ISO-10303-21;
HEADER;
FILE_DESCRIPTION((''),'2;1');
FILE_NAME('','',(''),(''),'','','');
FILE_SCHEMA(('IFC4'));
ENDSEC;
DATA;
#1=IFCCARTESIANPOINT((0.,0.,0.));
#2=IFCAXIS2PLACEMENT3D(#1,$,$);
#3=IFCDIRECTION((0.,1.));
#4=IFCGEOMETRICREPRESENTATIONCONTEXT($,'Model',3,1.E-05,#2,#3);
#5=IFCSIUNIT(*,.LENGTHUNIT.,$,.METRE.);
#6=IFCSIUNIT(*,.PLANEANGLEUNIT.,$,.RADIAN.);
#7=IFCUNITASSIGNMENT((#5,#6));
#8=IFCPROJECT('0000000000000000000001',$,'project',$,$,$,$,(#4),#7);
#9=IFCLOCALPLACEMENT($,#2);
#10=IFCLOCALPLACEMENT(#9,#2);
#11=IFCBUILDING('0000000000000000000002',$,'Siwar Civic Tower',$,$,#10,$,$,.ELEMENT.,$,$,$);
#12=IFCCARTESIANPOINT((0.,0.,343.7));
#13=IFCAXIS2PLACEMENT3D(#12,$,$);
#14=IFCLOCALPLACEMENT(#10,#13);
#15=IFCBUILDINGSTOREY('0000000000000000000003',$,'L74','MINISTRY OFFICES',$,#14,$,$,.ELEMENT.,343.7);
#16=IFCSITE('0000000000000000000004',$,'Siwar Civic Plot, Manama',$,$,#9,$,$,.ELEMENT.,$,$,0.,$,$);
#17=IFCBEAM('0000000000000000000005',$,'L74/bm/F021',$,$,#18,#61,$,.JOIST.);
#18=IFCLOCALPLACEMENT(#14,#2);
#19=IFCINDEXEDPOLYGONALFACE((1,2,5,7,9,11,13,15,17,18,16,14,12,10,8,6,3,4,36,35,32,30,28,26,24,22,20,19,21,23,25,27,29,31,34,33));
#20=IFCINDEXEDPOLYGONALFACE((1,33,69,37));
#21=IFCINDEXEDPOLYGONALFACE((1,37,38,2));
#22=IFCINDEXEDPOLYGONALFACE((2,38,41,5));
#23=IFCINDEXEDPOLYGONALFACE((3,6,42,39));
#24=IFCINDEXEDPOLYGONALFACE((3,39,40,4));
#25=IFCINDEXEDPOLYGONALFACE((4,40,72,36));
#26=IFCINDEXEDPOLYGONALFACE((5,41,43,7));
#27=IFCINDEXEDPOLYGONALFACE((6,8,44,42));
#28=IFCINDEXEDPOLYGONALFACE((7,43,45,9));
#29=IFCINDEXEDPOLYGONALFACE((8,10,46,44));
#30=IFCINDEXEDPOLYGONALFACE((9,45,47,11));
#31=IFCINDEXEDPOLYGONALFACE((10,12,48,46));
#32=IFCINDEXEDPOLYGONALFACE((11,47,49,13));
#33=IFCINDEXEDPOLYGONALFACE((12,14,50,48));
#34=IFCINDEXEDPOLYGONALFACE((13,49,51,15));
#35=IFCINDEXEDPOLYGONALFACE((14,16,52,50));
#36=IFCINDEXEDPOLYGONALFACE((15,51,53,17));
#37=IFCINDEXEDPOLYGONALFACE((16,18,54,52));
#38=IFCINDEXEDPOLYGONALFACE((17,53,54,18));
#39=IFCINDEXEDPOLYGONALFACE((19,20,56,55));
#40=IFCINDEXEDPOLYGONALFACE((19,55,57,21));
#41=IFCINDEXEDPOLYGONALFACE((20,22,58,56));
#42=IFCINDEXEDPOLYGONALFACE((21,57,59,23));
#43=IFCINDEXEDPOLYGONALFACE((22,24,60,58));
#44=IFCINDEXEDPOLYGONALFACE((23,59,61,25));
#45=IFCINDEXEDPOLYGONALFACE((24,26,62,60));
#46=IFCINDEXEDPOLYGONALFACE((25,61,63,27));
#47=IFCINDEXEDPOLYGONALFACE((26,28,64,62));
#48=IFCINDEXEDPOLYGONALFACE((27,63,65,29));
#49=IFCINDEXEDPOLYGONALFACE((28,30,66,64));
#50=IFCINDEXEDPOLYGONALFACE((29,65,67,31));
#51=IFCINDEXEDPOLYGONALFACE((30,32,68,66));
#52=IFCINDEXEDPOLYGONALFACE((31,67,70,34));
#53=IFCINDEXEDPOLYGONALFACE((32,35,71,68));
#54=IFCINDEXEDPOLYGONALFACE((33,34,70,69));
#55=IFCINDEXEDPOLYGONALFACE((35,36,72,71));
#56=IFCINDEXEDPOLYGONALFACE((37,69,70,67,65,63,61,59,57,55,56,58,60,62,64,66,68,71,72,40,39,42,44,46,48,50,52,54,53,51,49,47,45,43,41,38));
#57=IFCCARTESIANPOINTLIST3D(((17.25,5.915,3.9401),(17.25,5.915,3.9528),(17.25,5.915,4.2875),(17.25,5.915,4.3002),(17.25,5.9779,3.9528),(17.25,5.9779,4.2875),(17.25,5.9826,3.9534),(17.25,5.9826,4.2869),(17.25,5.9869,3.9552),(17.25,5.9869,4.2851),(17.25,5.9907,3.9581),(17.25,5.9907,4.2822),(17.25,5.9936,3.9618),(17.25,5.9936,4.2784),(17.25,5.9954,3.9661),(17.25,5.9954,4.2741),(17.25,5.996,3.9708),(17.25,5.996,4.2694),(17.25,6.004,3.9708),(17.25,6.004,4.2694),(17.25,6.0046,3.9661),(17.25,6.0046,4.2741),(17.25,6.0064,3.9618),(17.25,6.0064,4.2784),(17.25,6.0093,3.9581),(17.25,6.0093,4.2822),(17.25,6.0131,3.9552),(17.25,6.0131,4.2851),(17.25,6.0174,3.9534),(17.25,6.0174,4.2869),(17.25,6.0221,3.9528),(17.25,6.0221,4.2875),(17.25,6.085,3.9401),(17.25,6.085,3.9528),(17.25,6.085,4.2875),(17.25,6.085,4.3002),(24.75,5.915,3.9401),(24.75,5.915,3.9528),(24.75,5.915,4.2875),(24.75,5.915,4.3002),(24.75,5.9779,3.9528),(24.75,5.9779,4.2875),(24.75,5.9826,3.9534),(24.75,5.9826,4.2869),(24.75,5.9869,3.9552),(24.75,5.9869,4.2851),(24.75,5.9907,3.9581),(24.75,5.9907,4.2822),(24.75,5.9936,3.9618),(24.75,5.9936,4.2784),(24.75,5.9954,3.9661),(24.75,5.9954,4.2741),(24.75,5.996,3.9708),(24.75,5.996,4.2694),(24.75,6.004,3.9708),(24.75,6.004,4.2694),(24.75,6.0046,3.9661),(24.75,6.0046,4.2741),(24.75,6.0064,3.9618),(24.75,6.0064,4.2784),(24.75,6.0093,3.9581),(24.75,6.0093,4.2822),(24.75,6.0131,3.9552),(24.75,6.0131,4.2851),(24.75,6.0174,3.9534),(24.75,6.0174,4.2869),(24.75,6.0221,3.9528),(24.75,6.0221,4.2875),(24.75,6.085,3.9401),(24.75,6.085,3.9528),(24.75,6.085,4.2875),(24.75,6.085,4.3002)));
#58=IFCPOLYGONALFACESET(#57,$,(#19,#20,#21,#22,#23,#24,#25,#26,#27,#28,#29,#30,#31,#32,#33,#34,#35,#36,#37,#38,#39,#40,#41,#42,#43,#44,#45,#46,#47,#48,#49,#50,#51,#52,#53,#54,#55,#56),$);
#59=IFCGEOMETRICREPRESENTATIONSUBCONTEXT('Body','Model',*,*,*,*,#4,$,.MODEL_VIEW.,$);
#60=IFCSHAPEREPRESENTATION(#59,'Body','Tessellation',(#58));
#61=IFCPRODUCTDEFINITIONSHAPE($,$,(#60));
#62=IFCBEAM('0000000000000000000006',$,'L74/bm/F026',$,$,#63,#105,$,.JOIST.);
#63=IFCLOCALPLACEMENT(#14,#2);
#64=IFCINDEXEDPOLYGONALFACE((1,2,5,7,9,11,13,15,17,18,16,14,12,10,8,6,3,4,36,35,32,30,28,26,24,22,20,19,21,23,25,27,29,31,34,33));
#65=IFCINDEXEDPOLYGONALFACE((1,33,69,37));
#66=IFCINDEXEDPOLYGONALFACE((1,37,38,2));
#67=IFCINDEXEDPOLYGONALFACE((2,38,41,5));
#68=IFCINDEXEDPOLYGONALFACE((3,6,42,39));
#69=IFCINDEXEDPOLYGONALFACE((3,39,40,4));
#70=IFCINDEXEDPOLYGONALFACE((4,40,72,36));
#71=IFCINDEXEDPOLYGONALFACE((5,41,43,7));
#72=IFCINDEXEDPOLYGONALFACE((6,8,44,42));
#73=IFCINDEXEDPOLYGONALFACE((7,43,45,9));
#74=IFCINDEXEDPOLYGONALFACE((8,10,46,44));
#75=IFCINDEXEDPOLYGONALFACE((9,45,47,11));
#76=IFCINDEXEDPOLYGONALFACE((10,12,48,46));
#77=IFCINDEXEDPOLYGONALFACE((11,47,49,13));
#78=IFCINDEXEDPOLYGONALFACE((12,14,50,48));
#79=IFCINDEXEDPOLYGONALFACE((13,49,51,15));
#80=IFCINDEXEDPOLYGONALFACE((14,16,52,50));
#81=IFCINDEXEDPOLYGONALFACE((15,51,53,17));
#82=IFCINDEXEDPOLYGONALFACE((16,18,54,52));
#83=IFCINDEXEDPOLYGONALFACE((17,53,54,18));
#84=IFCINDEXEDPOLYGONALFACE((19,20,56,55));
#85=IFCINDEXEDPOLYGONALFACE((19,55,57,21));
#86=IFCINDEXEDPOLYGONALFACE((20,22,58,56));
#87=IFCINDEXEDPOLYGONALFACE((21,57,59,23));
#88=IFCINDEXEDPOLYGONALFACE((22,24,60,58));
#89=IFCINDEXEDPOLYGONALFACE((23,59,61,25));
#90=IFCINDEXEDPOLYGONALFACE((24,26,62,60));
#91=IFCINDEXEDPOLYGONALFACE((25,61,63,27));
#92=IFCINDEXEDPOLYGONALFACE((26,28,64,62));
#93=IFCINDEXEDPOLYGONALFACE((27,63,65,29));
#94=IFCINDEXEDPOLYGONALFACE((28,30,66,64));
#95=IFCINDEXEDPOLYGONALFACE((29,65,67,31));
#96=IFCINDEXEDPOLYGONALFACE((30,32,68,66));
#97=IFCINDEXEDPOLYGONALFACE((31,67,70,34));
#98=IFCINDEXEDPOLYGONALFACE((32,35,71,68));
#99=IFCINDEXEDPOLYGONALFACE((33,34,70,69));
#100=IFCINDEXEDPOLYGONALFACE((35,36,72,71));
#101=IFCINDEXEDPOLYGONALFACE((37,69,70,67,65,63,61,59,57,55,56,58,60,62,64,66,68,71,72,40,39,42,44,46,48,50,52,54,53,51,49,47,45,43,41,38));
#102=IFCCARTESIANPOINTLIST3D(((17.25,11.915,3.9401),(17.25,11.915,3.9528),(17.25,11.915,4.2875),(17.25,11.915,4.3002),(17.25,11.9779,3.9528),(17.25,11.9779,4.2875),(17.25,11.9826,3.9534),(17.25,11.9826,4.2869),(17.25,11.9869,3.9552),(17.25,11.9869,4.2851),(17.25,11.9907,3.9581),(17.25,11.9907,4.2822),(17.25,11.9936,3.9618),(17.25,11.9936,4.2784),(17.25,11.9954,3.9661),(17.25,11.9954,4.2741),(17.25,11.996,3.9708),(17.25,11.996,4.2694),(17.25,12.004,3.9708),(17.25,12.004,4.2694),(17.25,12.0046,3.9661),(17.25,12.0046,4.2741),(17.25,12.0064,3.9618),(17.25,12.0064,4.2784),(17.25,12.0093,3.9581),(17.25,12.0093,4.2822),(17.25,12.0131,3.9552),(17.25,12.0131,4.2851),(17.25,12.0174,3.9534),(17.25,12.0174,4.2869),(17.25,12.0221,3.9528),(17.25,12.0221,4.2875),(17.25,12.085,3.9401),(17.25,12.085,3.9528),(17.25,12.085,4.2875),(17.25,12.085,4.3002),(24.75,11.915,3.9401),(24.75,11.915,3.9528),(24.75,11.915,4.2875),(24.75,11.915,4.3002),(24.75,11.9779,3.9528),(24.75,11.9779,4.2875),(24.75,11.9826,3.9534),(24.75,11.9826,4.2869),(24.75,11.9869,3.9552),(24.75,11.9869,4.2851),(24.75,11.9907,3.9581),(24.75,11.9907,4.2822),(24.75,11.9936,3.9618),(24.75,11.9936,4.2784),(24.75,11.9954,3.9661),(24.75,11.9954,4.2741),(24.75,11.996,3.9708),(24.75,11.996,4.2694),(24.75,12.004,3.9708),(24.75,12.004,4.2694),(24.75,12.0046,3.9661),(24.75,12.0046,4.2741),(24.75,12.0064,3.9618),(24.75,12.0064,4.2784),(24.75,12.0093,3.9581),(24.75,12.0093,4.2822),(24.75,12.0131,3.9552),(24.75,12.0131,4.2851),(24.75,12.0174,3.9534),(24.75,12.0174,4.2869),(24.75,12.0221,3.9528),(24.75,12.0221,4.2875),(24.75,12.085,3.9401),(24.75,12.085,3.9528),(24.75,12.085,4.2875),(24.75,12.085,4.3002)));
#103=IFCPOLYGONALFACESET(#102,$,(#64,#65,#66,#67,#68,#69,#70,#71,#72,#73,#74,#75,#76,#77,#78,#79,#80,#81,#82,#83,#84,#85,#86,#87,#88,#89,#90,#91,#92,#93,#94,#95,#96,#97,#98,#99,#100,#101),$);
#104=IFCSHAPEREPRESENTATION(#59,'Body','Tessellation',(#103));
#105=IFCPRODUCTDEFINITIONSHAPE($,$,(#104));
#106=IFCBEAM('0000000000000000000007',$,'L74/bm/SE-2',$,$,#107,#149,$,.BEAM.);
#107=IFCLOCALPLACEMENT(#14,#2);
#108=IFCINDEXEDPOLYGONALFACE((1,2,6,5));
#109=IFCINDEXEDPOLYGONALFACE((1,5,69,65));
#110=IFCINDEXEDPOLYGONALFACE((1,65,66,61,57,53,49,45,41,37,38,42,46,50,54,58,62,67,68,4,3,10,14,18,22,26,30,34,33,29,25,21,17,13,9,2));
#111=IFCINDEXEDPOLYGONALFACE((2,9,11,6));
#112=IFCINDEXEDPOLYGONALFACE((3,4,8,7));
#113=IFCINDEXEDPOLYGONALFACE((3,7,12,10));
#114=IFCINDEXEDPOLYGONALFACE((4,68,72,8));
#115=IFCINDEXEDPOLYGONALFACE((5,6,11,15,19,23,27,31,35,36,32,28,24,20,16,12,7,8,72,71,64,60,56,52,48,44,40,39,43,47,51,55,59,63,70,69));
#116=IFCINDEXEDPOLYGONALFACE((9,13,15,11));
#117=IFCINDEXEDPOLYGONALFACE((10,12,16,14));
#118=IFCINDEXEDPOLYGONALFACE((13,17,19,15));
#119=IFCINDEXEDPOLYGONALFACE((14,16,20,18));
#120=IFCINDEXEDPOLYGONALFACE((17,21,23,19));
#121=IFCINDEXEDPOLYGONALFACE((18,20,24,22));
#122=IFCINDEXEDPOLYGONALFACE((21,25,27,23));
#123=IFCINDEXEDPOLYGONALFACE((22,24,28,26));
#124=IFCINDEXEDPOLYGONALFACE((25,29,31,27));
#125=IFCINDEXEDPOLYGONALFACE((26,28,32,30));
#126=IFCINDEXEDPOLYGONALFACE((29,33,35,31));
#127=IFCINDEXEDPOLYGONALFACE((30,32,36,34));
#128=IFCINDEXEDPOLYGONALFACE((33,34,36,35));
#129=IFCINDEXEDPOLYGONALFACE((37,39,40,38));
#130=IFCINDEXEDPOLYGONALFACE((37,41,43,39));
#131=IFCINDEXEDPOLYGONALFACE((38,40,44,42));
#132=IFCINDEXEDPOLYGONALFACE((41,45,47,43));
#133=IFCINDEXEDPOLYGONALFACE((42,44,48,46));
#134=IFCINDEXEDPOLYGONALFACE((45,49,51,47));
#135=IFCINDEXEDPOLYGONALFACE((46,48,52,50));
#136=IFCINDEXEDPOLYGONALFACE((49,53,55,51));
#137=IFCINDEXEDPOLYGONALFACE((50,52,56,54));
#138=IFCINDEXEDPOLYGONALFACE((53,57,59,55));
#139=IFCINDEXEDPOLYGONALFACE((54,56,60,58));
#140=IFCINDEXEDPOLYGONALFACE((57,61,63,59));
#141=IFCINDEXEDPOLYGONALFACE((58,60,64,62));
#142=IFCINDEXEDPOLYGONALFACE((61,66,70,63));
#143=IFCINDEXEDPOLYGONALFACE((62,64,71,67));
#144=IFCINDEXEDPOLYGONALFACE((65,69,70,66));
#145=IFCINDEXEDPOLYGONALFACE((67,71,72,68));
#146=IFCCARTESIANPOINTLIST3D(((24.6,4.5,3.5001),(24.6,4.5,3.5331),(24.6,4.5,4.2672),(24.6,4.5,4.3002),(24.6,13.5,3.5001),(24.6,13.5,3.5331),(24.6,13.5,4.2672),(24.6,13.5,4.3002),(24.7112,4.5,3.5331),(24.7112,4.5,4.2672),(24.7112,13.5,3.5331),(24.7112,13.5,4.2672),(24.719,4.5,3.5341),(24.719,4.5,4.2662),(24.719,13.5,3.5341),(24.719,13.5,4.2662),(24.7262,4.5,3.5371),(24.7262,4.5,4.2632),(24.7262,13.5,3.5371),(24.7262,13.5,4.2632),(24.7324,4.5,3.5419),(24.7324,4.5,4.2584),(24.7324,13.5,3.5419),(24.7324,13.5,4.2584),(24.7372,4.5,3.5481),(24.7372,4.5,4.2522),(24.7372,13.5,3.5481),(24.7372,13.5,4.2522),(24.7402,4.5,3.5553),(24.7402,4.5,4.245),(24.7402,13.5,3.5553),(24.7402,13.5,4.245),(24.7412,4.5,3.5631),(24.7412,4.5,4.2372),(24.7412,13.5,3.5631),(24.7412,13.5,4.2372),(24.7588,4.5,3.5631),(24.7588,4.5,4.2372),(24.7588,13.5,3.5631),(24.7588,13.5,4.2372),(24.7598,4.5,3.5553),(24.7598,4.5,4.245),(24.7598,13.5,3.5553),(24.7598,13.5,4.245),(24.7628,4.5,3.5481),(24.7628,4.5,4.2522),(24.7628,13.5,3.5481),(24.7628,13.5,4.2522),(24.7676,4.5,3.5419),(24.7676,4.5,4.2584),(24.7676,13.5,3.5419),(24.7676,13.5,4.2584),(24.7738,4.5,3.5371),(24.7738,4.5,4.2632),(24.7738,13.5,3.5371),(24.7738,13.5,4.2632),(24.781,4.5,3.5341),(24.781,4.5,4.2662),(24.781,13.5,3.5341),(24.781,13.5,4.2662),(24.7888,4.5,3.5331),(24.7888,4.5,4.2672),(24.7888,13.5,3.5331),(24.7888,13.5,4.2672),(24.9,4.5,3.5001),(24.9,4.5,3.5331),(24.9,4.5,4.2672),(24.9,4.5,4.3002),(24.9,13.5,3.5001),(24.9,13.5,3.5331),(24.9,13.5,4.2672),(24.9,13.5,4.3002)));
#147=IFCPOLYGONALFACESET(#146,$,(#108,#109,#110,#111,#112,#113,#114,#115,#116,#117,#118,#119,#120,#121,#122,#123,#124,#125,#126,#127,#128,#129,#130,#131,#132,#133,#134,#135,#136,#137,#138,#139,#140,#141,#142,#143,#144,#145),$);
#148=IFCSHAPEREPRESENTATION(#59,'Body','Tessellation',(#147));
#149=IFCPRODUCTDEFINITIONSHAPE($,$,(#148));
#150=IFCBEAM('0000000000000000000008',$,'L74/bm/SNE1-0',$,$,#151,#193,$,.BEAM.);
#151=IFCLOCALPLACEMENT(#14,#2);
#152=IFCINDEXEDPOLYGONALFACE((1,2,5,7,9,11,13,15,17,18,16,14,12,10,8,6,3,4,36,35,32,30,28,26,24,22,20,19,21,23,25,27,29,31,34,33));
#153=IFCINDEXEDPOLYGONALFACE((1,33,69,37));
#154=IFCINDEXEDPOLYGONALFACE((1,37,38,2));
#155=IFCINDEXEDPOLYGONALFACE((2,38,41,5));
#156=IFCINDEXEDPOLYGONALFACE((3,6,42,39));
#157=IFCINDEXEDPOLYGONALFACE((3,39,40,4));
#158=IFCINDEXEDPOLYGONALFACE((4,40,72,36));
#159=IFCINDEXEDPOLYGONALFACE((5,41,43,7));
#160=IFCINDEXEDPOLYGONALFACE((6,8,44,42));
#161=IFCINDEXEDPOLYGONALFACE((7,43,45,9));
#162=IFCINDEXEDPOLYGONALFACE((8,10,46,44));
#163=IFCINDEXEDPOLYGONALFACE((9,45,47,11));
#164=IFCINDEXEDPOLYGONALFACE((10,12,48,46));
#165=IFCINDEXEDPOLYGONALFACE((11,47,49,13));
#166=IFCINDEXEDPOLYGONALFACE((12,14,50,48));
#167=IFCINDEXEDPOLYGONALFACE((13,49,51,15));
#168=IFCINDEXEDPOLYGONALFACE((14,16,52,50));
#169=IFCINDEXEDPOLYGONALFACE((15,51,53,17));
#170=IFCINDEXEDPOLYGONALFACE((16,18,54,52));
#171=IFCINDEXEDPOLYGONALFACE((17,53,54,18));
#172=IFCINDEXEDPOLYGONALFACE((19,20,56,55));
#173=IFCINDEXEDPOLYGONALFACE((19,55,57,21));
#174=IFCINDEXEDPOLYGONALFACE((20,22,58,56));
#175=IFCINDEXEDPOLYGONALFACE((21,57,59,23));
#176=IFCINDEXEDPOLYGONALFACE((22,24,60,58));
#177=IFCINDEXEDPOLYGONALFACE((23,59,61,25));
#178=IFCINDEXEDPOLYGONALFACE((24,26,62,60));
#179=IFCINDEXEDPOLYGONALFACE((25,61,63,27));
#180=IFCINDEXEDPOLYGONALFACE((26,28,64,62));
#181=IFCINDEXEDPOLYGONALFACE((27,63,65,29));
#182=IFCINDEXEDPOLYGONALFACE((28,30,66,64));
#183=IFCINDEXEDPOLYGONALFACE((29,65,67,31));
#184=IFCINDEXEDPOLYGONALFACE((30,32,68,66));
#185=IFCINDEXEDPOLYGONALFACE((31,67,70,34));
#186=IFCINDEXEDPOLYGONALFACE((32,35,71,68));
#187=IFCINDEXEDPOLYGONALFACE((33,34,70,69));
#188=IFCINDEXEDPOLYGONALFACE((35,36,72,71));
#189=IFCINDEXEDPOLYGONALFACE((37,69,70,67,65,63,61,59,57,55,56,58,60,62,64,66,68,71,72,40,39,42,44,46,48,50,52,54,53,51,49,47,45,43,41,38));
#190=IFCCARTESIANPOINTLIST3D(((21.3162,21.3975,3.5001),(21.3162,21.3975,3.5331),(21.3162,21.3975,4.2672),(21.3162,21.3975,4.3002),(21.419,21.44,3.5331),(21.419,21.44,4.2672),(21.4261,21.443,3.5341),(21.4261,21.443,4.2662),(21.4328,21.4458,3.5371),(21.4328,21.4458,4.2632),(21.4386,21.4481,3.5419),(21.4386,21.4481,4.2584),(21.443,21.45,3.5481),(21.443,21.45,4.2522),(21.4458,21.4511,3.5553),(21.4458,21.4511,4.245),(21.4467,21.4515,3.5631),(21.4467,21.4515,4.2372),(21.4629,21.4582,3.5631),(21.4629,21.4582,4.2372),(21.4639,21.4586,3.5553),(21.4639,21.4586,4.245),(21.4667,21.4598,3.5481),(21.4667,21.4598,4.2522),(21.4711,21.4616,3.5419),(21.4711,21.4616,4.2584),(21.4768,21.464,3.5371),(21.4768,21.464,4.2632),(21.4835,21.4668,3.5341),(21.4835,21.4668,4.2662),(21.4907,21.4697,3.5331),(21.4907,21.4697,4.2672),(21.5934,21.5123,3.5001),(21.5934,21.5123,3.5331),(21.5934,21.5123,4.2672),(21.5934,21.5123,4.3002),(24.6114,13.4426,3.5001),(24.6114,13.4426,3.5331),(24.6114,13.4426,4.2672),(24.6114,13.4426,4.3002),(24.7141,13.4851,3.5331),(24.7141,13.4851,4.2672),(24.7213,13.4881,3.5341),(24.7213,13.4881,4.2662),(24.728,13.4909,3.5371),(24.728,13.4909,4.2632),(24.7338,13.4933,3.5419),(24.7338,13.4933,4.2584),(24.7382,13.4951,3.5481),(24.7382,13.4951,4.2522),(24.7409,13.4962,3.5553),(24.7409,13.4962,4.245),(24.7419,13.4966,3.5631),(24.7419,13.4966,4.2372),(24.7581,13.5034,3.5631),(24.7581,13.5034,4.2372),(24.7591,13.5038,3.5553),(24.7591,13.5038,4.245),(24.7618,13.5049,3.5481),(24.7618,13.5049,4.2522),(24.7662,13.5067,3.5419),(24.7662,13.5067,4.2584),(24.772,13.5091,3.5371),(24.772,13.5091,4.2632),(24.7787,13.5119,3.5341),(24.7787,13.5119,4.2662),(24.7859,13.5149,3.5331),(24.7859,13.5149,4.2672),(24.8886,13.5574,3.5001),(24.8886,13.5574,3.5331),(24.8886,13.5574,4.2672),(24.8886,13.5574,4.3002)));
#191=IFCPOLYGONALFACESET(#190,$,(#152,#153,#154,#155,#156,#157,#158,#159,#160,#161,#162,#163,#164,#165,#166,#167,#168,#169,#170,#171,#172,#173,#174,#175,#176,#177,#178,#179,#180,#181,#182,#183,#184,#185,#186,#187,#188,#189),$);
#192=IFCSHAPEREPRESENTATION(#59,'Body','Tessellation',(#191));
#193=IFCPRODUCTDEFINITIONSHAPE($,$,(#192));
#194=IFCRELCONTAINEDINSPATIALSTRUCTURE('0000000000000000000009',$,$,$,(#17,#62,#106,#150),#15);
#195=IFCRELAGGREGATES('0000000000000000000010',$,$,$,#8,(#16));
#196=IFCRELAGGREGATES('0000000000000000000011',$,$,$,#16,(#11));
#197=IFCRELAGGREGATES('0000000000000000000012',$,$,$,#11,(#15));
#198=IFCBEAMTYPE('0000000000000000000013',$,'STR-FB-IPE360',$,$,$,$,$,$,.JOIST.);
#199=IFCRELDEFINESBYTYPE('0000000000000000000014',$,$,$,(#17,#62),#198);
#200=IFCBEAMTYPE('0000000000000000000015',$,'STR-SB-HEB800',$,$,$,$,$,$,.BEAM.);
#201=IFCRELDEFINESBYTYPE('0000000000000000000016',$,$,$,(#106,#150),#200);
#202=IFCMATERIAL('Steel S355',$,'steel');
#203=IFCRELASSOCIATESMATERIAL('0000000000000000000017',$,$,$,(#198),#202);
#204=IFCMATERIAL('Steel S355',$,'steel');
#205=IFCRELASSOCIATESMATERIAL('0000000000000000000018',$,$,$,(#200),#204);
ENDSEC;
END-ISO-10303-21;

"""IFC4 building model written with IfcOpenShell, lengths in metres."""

from ifc_helpers import new_model, si_unit, direction, frame, origin, origin_2d, place, context, subcontext, project, spatial, i_section, extrude, material, material_profile, profile_set, type_object, element, save


model = new_model("IFC4")

# Units and contexts
model_context = context("Model", 3, precision=1e-05, world=origin(), true_north=direction((0.0, 1.0)))
body_context = subcontext(model_context, "Body", "Model", "MODEL_VIEW")
ifc_project = project(units=[si_unit("LENGTHUNIT", "METRE"), si_unit("PLANEANGLEUNIT", "RADIAN")], contexts=[model_context])

# Site, building, storey
site_placement = place(None, origin())
site = spatial("IfcSite", under=ifc_project, at=site_placement, Name="Siwar Civic Plot, Manama", CompositionType="ELEMENT", RefElevation=0.0)
building_placement = place(site_placement, origin())
building = spatial("IfcBuilding", under=site, at=building_placement, Name="Siwar Civic Tower", CompositionType="ELEMENT")
storey_placement = place(building_placement, frame((0.0, 0.0, 343.7)))
storey = spatial("IfcBuildingStorey", under=building, at=storey_placement, Name="L74", Description="MINISTRY OFFICES", CompositionType="ELEMENT", Elevation=343.7)

# Beams
ifc_material_1 = material(Name="Steel S355", Category="steel")
ifc_material_profile_1 = material_profile(ifc_material_1, i_section(OverallWidth=0.1699, OverallDepth=0.3601, WebThickness=0.0081, FlangeThickness=0.0127, FilletRadius=0.0181, at=origin_2d()), Name="IPE360")
ifc_profile_set_1 = profile_set([ifc_material_profile_1], Name="Steel S355")
beam_type_1 = type_object("IfcBeamType", Name="STR-FB-IPE360", PredefinedType="JOIST", material=ifc_profile_set_1)
for number, where, z_axis, x_axis, name in (
    (1, (17.25, 6.0, 4.1201), (1.0, 0.0, 0.0), (0.0, 1.0, 0.0), "L74/bm/F021"),
    (2, (17.25, 12.0, 4.1201), (1.0, 0.0, 0.0), (0.0, 1.0, 0.0), "L74/bm/F026"),
):
    element("IfcBeam", number, at=place(storey_placement, frame(where, z_axis=z_axis, x_axis=x_axis)), inside=storey, type_object=beam_type_1, Name=name, PredefinedType="JOIST", context=body_context, shape_type="SweptSolid", body=[
        extrude(i_section(OverallWidth=0.1699, OverallDepth=0.3601, WebThickness=0.0081, FlangeThickness=0.0127, FilletRadius=0.0181, at=origin_2d()), origin(), (0.0, 0.0, 1.0), 7.5),
    ])
ifc_material_2 = material(Name="Steel S355", Category="steel")
ifc_material_profile_2 = material_profile(ifc_material_2, i_section(OverallWidth=0.3, OverallDepth=0.8, WebThickness=0.0176, FlangeThickness=0.033, FilletRadius=0.03, at=origin_2d()), Name="HEB800")
ifc_profile_set_2 = profile_set([ifc_material_profile_2], Name="Steel S355")
beam_type_2 = type_object("IfcBeamType", Name="STR-SB-HEB800", PredefinedType="BEAM", material=ifc_profile_set_2)
beam_1_placement = place(storey_placement, frame((24.75, 4.5, 3.9001), z_axis=(0.0, 1.0, 0.0), x_axis=(-1.0, 0.0, 0.0)))
element("IfcBeam", 3, at=beam_1_placement, inside=storey, type_object=beam_type_2, Name="L74/bm/SE-2", PredefinedType="BEAM", context=body_context, shape_type="SweptSolid", body=[
    extrude(i_section(OverallWidth=0.3, OverallDepth=0.8, WebThickness=0.0176, FlangeThickness=0.033, FilletRadius=0.03, at=origin_2d()), origin(), (0.0, 0.0, 1.0), 9.0),
])
beam_2_placement = place(storey_placement, frame((24.75, 13.5, 3.9001), z_axis=(-0.3827, 0.923873, 0.0), x_axis=(-0.923873, -0.3827, 0.0)))
element("IfcBeam", 4, at=beam_2_placement, inside=storey, type_object=beam_type_2, Name="L74/bm/SNE1-0", PredefinedType="BEAM", context=body_context, shape_type="SweptSolid", body=[
    extrude(i_section(OverallWidth=0.3, OverallDepth=0.8, WebThickness=0.0176, FlangeThickness=0.033, FilletRadius=0.03, at=origin_2d()), origin(), (0.0, 0.0, 1.0), 8.6104),
])

save(model, "model.ifc")
